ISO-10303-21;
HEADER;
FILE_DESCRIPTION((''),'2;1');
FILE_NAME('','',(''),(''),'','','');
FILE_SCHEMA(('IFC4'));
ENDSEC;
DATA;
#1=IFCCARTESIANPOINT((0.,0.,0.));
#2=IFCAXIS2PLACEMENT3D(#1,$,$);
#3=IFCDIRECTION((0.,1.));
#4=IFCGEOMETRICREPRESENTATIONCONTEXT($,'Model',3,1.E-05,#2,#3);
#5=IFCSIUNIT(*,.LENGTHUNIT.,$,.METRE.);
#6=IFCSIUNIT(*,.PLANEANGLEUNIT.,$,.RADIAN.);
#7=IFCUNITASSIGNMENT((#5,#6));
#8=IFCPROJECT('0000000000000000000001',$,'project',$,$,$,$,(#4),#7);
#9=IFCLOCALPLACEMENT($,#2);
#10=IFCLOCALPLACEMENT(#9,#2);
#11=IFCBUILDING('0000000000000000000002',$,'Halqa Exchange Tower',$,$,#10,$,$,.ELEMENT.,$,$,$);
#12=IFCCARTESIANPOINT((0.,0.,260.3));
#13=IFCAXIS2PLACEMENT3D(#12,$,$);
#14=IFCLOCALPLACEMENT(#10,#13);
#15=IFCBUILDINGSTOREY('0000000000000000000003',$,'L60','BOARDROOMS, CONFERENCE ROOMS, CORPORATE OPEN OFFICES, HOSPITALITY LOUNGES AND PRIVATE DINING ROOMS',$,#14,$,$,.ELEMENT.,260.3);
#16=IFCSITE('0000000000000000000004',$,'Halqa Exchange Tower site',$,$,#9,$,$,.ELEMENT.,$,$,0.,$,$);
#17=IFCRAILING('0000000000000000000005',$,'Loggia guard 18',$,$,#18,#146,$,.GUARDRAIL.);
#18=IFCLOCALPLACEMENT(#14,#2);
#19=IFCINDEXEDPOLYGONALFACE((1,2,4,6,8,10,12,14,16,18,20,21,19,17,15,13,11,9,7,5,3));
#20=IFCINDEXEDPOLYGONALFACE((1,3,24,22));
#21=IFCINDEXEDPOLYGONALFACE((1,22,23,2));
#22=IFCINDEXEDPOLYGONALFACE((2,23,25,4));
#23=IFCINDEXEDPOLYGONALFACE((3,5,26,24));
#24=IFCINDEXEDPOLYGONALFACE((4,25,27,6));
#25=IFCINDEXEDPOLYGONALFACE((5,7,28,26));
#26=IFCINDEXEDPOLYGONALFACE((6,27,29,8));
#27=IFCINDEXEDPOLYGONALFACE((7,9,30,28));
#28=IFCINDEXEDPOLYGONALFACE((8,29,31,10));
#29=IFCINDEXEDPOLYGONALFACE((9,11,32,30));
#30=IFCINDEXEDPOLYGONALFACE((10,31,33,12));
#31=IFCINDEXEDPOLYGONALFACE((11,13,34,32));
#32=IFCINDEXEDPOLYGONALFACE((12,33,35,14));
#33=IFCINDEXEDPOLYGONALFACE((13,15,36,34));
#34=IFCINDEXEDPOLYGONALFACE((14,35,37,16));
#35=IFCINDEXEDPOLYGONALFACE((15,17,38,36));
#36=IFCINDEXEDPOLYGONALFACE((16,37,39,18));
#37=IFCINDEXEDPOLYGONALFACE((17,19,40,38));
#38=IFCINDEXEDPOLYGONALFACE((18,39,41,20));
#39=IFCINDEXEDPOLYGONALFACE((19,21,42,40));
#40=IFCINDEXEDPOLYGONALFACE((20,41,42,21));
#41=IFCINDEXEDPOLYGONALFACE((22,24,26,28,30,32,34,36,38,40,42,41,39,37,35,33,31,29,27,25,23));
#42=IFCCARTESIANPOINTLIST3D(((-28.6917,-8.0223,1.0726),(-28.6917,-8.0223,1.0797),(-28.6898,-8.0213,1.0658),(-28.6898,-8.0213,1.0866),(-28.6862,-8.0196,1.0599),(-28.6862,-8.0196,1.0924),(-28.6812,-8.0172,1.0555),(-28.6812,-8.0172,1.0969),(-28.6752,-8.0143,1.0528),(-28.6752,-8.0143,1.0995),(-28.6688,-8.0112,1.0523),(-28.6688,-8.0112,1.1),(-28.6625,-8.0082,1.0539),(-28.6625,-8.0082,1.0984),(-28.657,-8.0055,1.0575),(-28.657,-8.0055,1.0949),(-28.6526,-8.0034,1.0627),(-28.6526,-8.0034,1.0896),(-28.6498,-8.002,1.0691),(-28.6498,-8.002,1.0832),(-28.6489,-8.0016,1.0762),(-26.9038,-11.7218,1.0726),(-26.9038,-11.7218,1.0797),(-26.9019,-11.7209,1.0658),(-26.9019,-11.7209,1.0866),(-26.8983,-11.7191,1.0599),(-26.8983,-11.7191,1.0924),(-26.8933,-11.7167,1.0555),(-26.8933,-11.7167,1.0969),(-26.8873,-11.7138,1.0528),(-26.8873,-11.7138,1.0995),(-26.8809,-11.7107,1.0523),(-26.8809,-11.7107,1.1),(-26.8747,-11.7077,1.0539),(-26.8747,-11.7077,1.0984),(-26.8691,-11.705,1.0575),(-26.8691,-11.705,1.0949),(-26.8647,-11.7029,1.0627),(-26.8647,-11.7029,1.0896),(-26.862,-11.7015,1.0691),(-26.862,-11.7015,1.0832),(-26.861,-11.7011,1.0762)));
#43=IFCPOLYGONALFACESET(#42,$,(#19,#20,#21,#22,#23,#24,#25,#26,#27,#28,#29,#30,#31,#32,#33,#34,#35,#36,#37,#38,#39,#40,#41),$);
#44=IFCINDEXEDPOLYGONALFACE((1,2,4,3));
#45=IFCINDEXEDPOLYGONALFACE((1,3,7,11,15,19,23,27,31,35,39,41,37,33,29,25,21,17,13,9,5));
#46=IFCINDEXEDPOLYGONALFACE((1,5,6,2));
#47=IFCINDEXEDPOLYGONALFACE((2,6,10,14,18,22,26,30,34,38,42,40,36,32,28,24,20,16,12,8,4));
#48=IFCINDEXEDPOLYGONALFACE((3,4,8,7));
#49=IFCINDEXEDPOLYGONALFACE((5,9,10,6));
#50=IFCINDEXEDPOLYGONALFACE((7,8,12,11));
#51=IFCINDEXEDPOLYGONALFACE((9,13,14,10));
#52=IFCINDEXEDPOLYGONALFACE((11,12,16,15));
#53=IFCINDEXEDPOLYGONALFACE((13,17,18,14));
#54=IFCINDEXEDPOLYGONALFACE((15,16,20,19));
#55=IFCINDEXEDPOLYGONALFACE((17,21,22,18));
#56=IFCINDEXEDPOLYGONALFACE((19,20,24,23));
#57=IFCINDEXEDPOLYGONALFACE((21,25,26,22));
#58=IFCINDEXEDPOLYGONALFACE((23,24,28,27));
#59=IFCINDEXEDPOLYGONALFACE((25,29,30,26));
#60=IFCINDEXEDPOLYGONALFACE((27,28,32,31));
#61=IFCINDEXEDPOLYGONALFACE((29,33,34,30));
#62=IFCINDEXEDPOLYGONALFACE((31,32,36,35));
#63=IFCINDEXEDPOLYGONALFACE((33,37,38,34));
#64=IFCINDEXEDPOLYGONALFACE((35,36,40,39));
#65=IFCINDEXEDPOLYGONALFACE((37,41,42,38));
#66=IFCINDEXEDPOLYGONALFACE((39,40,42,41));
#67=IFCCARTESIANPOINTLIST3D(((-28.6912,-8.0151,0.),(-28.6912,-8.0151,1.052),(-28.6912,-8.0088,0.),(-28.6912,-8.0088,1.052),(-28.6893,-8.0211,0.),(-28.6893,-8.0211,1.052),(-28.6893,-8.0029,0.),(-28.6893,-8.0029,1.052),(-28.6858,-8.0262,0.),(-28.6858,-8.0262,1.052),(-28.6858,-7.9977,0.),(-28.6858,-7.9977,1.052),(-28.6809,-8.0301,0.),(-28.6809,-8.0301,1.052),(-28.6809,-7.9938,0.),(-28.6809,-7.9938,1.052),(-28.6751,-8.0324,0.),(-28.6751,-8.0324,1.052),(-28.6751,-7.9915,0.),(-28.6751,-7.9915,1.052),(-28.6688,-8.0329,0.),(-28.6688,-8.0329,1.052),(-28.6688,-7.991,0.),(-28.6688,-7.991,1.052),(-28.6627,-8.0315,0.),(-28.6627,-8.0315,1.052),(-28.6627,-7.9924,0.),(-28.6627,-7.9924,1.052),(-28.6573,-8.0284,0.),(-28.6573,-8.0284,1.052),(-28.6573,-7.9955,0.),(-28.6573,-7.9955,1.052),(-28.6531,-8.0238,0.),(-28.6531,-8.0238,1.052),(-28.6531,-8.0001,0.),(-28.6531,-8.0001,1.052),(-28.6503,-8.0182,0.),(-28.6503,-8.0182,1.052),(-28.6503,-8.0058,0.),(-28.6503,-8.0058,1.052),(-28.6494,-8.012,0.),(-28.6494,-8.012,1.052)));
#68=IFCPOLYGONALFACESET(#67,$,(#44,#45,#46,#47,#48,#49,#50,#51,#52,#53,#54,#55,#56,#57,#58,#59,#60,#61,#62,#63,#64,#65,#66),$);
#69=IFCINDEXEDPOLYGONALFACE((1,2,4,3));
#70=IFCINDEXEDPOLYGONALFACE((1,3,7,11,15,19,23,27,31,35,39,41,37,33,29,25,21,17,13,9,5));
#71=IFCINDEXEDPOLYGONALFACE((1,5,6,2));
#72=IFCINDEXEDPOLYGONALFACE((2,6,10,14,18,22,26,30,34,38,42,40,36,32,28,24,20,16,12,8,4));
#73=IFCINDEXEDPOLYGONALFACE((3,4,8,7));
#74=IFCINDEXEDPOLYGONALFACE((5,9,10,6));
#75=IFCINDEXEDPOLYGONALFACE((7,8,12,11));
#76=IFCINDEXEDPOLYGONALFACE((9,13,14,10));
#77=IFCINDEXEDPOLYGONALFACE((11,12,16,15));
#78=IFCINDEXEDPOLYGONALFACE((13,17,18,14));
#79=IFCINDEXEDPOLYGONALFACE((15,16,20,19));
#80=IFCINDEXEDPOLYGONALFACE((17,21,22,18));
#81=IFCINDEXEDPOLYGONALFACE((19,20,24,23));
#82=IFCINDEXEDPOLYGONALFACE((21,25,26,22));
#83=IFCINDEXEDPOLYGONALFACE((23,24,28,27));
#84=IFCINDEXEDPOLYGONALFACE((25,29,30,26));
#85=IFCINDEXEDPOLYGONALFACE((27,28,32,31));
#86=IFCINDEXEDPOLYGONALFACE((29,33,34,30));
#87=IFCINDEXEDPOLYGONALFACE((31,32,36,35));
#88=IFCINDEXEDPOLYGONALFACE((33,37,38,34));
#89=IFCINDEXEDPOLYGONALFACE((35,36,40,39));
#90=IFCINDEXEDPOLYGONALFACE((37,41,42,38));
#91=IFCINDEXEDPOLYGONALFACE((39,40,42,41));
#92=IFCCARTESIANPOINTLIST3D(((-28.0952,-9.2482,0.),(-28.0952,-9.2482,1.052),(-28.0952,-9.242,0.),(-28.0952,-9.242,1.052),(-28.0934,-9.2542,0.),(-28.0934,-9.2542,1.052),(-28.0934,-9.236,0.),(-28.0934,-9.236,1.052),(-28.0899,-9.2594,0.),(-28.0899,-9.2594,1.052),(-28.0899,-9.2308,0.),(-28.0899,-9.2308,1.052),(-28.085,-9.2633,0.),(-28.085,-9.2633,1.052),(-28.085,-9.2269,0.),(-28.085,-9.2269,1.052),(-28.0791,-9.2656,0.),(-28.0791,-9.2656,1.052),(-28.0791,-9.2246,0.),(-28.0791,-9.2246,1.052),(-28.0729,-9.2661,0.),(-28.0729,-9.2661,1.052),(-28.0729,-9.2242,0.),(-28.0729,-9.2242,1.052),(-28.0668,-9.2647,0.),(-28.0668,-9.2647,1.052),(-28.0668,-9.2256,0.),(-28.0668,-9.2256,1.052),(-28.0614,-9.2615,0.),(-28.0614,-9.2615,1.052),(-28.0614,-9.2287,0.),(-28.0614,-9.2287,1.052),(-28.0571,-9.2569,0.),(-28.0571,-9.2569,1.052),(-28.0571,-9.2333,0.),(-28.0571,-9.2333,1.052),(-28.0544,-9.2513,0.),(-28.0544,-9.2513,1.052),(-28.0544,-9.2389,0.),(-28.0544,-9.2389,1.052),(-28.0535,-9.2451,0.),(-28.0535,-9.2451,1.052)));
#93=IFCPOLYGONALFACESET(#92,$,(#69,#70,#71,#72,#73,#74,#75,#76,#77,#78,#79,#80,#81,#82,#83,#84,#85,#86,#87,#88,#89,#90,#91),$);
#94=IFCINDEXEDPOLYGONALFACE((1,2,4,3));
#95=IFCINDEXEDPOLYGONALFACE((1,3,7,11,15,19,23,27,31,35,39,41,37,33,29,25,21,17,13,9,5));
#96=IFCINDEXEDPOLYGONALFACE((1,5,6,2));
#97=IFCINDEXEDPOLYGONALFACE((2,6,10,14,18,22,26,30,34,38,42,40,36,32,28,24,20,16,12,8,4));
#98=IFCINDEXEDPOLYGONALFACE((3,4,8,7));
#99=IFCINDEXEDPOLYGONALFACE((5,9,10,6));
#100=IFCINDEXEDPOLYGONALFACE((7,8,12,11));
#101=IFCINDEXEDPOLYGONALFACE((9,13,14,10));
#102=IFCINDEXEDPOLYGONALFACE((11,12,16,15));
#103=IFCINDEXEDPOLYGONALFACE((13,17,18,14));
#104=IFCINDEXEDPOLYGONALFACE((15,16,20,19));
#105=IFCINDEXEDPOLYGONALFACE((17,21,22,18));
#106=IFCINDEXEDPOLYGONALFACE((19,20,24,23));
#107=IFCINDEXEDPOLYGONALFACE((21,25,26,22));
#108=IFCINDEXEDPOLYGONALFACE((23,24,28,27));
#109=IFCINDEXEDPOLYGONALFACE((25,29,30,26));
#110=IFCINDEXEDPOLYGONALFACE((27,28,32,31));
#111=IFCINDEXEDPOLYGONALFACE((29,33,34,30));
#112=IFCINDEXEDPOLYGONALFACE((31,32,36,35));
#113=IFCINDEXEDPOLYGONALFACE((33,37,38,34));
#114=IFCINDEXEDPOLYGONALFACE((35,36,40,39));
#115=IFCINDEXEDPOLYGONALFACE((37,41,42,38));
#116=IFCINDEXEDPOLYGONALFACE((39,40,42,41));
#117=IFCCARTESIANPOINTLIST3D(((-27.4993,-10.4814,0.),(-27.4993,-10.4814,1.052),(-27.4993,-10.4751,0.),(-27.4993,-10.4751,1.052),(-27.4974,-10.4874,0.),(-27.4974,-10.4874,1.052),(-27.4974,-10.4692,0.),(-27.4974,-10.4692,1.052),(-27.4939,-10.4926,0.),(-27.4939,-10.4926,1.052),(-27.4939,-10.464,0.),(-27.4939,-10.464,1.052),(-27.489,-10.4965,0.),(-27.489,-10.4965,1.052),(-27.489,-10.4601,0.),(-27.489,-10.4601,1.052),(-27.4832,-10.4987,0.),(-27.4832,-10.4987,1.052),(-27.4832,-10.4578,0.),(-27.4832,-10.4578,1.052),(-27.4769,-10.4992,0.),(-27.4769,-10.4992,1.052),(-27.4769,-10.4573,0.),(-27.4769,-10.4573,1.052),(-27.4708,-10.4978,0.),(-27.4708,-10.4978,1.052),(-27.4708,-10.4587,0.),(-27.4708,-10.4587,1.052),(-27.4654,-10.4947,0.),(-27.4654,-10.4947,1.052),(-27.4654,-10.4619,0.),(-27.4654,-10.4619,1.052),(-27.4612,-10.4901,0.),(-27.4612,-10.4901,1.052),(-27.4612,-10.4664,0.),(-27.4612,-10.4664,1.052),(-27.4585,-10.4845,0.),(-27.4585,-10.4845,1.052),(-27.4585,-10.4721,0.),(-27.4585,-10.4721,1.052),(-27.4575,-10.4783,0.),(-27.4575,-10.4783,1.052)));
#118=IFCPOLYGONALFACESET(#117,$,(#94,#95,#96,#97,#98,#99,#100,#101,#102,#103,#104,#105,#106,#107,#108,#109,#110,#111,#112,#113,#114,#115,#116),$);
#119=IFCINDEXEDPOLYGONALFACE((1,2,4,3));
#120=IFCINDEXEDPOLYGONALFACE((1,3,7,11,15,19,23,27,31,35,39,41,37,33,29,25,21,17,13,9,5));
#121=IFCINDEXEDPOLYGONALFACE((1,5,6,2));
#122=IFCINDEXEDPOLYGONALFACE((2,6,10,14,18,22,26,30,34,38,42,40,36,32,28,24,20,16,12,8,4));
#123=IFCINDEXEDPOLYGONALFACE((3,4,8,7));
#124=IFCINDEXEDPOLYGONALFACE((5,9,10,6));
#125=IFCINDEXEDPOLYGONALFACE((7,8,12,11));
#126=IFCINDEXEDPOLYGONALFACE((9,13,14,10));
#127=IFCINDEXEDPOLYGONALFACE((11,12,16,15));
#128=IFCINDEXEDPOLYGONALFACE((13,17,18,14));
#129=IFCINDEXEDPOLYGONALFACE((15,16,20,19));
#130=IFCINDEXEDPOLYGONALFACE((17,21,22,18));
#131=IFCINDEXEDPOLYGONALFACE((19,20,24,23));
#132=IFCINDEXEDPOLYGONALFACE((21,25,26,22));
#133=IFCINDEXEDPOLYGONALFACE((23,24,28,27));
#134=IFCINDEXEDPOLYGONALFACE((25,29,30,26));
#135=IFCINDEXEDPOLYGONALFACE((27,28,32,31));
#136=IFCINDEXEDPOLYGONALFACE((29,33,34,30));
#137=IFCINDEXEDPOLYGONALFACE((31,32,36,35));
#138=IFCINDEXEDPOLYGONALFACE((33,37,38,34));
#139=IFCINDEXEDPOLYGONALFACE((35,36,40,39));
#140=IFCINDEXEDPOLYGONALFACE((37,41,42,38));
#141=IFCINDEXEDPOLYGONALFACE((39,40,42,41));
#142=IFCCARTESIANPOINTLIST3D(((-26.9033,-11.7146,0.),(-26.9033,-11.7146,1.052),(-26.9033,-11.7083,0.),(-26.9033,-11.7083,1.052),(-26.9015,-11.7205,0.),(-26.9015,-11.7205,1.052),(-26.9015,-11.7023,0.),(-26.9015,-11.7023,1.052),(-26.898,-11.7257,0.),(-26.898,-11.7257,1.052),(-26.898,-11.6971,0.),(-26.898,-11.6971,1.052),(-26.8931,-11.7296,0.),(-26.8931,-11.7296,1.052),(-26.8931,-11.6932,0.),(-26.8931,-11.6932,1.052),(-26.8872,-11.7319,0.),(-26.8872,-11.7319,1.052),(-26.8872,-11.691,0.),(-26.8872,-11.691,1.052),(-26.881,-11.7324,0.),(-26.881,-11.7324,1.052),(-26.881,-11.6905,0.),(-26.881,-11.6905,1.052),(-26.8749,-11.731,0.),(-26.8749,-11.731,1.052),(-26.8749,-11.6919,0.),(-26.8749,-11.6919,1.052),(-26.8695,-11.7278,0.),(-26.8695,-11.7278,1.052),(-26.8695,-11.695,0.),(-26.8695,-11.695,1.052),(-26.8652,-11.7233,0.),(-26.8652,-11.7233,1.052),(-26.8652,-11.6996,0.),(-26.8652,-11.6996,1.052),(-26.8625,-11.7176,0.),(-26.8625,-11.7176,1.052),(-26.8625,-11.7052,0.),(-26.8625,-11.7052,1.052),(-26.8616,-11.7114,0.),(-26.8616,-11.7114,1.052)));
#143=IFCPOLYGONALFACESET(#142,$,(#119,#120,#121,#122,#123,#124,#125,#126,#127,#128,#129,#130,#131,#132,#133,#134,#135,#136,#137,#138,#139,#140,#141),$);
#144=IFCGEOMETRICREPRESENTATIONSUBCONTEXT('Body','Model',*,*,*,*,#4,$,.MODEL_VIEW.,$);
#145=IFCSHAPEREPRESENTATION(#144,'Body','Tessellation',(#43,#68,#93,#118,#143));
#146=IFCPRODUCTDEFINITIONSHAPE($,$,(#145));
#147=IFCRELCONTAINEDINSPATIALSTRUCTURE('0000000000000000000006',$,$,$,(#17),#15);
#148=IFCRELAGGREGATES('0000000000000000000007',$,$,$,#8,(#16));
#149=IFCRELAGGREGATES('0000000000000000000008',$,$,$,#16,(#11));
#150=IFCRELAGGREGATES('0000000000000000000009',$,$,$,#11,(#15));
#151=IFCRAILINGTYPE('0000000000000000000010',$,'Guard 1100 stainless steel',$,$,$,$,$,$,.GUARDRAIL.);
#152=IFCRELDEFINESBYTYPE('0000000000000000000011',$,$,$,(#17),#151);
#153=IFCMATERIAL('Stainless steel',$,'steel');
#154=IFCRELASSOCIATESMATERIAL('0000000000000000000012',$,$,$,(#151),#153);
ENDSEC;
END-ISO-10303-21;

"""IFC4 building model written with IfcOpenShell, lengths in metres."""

from ifc_helpers import new_model, si_unit, direction, frame, origin, origin_2d, place, context, subcontext, project, spatial, circle, extrude, material, type_object, element, save


model = new_model("IFC4")

# Units and contexts
model_context = context("Model", 3, precision=1e-05, world=origin(), true_north=direction((0.0, 1.0)))
body_context = subcontext(model_context, "Body", "Model", "MODEL_VIEW")
ifc_project = project(units=[si_unit("LENGTHUNIT", "METRE"), si_unit("PLANEANGLEUNIT", "RADIAN")], contexts=[model_context])

# Site, building, storey
site_placement = place(None, origin())
site = spatial("IfcSite", under=ifc_project, at=site_placement, Name="Halqa Exchange Tower site", CompositionType="ELEMENT", RefElevation=0.0)
building_placement = place(site_placement, origin())
building = spatial("IfcBuilding", under=site, at=building_placement, Name="Halqa Exchange Tower", CompositionType="ELEMENT")
storey_placement = place(building_placement, frame((0.0, 0.0, 260.3)))
storey = spatial("IfcBuildingStorey", under=building, at=storey_placement, Name="L60", Description="BOARDROOMS, CONFERENCE ROOMS, CORPORATE OPEN OFFICES, HOSPITALITY LOUNGES AND PRIVATE DINING ROOMS", CompositionType="ELEMENT", Elevation=260.3)

# Railing
ifc_material_1 = material(Name="Stainless steel", Category="steel")
railing_type = type_object("IfcRailingType", Name="Guard 1100 stainless steel", PredefinedType="GUARDRAIL", material=ifc_material_1)
railing_1_placement = place(storey_placement, frame((-28.6704, -8.012, 0.0)))
element("IfcRailing", 1, at=railing_1_placement, inside=storey, type_object=railing_type, Name="Loggia guard 18", PredefinedType="GUARDRAIL", context=body_context, shape_type="SweptSolid", body=[
    extrude(circle(Radius=0.0239, at=origin_2d()), frame((0.0, 0.0, 1.0762), z_axis=(0.435123, -0.900371, 0.0), x_axis=(0.900371, 0.435123, 0.0)), (0.0, 0.0, 1.0), 4.1089),
    extrude(circle(Radius=0.021, at=origin_2d()), origin(), (0.0, 0.0, 1.0), 1.052),
    extrude(circle(Radius=0.021, at=origin_2d()), frame((0.5959, -1.2332, 0.0)), (0.0, 0.0, 1.0), 1.052),
    extrude(circle(Radius=0.021, at=origin_2d()), frame((1.1919, -2.4663, 0.0)), (0.0, 0.0, 1.0), 1.052),
    extrude(circle(Radius=0.021, at=origin_2d()), frame((1.7878, -3.6995, 0.0)), (0.0, 0.0, 1.0), 1.052),
])

save(model, "model.ifc")
